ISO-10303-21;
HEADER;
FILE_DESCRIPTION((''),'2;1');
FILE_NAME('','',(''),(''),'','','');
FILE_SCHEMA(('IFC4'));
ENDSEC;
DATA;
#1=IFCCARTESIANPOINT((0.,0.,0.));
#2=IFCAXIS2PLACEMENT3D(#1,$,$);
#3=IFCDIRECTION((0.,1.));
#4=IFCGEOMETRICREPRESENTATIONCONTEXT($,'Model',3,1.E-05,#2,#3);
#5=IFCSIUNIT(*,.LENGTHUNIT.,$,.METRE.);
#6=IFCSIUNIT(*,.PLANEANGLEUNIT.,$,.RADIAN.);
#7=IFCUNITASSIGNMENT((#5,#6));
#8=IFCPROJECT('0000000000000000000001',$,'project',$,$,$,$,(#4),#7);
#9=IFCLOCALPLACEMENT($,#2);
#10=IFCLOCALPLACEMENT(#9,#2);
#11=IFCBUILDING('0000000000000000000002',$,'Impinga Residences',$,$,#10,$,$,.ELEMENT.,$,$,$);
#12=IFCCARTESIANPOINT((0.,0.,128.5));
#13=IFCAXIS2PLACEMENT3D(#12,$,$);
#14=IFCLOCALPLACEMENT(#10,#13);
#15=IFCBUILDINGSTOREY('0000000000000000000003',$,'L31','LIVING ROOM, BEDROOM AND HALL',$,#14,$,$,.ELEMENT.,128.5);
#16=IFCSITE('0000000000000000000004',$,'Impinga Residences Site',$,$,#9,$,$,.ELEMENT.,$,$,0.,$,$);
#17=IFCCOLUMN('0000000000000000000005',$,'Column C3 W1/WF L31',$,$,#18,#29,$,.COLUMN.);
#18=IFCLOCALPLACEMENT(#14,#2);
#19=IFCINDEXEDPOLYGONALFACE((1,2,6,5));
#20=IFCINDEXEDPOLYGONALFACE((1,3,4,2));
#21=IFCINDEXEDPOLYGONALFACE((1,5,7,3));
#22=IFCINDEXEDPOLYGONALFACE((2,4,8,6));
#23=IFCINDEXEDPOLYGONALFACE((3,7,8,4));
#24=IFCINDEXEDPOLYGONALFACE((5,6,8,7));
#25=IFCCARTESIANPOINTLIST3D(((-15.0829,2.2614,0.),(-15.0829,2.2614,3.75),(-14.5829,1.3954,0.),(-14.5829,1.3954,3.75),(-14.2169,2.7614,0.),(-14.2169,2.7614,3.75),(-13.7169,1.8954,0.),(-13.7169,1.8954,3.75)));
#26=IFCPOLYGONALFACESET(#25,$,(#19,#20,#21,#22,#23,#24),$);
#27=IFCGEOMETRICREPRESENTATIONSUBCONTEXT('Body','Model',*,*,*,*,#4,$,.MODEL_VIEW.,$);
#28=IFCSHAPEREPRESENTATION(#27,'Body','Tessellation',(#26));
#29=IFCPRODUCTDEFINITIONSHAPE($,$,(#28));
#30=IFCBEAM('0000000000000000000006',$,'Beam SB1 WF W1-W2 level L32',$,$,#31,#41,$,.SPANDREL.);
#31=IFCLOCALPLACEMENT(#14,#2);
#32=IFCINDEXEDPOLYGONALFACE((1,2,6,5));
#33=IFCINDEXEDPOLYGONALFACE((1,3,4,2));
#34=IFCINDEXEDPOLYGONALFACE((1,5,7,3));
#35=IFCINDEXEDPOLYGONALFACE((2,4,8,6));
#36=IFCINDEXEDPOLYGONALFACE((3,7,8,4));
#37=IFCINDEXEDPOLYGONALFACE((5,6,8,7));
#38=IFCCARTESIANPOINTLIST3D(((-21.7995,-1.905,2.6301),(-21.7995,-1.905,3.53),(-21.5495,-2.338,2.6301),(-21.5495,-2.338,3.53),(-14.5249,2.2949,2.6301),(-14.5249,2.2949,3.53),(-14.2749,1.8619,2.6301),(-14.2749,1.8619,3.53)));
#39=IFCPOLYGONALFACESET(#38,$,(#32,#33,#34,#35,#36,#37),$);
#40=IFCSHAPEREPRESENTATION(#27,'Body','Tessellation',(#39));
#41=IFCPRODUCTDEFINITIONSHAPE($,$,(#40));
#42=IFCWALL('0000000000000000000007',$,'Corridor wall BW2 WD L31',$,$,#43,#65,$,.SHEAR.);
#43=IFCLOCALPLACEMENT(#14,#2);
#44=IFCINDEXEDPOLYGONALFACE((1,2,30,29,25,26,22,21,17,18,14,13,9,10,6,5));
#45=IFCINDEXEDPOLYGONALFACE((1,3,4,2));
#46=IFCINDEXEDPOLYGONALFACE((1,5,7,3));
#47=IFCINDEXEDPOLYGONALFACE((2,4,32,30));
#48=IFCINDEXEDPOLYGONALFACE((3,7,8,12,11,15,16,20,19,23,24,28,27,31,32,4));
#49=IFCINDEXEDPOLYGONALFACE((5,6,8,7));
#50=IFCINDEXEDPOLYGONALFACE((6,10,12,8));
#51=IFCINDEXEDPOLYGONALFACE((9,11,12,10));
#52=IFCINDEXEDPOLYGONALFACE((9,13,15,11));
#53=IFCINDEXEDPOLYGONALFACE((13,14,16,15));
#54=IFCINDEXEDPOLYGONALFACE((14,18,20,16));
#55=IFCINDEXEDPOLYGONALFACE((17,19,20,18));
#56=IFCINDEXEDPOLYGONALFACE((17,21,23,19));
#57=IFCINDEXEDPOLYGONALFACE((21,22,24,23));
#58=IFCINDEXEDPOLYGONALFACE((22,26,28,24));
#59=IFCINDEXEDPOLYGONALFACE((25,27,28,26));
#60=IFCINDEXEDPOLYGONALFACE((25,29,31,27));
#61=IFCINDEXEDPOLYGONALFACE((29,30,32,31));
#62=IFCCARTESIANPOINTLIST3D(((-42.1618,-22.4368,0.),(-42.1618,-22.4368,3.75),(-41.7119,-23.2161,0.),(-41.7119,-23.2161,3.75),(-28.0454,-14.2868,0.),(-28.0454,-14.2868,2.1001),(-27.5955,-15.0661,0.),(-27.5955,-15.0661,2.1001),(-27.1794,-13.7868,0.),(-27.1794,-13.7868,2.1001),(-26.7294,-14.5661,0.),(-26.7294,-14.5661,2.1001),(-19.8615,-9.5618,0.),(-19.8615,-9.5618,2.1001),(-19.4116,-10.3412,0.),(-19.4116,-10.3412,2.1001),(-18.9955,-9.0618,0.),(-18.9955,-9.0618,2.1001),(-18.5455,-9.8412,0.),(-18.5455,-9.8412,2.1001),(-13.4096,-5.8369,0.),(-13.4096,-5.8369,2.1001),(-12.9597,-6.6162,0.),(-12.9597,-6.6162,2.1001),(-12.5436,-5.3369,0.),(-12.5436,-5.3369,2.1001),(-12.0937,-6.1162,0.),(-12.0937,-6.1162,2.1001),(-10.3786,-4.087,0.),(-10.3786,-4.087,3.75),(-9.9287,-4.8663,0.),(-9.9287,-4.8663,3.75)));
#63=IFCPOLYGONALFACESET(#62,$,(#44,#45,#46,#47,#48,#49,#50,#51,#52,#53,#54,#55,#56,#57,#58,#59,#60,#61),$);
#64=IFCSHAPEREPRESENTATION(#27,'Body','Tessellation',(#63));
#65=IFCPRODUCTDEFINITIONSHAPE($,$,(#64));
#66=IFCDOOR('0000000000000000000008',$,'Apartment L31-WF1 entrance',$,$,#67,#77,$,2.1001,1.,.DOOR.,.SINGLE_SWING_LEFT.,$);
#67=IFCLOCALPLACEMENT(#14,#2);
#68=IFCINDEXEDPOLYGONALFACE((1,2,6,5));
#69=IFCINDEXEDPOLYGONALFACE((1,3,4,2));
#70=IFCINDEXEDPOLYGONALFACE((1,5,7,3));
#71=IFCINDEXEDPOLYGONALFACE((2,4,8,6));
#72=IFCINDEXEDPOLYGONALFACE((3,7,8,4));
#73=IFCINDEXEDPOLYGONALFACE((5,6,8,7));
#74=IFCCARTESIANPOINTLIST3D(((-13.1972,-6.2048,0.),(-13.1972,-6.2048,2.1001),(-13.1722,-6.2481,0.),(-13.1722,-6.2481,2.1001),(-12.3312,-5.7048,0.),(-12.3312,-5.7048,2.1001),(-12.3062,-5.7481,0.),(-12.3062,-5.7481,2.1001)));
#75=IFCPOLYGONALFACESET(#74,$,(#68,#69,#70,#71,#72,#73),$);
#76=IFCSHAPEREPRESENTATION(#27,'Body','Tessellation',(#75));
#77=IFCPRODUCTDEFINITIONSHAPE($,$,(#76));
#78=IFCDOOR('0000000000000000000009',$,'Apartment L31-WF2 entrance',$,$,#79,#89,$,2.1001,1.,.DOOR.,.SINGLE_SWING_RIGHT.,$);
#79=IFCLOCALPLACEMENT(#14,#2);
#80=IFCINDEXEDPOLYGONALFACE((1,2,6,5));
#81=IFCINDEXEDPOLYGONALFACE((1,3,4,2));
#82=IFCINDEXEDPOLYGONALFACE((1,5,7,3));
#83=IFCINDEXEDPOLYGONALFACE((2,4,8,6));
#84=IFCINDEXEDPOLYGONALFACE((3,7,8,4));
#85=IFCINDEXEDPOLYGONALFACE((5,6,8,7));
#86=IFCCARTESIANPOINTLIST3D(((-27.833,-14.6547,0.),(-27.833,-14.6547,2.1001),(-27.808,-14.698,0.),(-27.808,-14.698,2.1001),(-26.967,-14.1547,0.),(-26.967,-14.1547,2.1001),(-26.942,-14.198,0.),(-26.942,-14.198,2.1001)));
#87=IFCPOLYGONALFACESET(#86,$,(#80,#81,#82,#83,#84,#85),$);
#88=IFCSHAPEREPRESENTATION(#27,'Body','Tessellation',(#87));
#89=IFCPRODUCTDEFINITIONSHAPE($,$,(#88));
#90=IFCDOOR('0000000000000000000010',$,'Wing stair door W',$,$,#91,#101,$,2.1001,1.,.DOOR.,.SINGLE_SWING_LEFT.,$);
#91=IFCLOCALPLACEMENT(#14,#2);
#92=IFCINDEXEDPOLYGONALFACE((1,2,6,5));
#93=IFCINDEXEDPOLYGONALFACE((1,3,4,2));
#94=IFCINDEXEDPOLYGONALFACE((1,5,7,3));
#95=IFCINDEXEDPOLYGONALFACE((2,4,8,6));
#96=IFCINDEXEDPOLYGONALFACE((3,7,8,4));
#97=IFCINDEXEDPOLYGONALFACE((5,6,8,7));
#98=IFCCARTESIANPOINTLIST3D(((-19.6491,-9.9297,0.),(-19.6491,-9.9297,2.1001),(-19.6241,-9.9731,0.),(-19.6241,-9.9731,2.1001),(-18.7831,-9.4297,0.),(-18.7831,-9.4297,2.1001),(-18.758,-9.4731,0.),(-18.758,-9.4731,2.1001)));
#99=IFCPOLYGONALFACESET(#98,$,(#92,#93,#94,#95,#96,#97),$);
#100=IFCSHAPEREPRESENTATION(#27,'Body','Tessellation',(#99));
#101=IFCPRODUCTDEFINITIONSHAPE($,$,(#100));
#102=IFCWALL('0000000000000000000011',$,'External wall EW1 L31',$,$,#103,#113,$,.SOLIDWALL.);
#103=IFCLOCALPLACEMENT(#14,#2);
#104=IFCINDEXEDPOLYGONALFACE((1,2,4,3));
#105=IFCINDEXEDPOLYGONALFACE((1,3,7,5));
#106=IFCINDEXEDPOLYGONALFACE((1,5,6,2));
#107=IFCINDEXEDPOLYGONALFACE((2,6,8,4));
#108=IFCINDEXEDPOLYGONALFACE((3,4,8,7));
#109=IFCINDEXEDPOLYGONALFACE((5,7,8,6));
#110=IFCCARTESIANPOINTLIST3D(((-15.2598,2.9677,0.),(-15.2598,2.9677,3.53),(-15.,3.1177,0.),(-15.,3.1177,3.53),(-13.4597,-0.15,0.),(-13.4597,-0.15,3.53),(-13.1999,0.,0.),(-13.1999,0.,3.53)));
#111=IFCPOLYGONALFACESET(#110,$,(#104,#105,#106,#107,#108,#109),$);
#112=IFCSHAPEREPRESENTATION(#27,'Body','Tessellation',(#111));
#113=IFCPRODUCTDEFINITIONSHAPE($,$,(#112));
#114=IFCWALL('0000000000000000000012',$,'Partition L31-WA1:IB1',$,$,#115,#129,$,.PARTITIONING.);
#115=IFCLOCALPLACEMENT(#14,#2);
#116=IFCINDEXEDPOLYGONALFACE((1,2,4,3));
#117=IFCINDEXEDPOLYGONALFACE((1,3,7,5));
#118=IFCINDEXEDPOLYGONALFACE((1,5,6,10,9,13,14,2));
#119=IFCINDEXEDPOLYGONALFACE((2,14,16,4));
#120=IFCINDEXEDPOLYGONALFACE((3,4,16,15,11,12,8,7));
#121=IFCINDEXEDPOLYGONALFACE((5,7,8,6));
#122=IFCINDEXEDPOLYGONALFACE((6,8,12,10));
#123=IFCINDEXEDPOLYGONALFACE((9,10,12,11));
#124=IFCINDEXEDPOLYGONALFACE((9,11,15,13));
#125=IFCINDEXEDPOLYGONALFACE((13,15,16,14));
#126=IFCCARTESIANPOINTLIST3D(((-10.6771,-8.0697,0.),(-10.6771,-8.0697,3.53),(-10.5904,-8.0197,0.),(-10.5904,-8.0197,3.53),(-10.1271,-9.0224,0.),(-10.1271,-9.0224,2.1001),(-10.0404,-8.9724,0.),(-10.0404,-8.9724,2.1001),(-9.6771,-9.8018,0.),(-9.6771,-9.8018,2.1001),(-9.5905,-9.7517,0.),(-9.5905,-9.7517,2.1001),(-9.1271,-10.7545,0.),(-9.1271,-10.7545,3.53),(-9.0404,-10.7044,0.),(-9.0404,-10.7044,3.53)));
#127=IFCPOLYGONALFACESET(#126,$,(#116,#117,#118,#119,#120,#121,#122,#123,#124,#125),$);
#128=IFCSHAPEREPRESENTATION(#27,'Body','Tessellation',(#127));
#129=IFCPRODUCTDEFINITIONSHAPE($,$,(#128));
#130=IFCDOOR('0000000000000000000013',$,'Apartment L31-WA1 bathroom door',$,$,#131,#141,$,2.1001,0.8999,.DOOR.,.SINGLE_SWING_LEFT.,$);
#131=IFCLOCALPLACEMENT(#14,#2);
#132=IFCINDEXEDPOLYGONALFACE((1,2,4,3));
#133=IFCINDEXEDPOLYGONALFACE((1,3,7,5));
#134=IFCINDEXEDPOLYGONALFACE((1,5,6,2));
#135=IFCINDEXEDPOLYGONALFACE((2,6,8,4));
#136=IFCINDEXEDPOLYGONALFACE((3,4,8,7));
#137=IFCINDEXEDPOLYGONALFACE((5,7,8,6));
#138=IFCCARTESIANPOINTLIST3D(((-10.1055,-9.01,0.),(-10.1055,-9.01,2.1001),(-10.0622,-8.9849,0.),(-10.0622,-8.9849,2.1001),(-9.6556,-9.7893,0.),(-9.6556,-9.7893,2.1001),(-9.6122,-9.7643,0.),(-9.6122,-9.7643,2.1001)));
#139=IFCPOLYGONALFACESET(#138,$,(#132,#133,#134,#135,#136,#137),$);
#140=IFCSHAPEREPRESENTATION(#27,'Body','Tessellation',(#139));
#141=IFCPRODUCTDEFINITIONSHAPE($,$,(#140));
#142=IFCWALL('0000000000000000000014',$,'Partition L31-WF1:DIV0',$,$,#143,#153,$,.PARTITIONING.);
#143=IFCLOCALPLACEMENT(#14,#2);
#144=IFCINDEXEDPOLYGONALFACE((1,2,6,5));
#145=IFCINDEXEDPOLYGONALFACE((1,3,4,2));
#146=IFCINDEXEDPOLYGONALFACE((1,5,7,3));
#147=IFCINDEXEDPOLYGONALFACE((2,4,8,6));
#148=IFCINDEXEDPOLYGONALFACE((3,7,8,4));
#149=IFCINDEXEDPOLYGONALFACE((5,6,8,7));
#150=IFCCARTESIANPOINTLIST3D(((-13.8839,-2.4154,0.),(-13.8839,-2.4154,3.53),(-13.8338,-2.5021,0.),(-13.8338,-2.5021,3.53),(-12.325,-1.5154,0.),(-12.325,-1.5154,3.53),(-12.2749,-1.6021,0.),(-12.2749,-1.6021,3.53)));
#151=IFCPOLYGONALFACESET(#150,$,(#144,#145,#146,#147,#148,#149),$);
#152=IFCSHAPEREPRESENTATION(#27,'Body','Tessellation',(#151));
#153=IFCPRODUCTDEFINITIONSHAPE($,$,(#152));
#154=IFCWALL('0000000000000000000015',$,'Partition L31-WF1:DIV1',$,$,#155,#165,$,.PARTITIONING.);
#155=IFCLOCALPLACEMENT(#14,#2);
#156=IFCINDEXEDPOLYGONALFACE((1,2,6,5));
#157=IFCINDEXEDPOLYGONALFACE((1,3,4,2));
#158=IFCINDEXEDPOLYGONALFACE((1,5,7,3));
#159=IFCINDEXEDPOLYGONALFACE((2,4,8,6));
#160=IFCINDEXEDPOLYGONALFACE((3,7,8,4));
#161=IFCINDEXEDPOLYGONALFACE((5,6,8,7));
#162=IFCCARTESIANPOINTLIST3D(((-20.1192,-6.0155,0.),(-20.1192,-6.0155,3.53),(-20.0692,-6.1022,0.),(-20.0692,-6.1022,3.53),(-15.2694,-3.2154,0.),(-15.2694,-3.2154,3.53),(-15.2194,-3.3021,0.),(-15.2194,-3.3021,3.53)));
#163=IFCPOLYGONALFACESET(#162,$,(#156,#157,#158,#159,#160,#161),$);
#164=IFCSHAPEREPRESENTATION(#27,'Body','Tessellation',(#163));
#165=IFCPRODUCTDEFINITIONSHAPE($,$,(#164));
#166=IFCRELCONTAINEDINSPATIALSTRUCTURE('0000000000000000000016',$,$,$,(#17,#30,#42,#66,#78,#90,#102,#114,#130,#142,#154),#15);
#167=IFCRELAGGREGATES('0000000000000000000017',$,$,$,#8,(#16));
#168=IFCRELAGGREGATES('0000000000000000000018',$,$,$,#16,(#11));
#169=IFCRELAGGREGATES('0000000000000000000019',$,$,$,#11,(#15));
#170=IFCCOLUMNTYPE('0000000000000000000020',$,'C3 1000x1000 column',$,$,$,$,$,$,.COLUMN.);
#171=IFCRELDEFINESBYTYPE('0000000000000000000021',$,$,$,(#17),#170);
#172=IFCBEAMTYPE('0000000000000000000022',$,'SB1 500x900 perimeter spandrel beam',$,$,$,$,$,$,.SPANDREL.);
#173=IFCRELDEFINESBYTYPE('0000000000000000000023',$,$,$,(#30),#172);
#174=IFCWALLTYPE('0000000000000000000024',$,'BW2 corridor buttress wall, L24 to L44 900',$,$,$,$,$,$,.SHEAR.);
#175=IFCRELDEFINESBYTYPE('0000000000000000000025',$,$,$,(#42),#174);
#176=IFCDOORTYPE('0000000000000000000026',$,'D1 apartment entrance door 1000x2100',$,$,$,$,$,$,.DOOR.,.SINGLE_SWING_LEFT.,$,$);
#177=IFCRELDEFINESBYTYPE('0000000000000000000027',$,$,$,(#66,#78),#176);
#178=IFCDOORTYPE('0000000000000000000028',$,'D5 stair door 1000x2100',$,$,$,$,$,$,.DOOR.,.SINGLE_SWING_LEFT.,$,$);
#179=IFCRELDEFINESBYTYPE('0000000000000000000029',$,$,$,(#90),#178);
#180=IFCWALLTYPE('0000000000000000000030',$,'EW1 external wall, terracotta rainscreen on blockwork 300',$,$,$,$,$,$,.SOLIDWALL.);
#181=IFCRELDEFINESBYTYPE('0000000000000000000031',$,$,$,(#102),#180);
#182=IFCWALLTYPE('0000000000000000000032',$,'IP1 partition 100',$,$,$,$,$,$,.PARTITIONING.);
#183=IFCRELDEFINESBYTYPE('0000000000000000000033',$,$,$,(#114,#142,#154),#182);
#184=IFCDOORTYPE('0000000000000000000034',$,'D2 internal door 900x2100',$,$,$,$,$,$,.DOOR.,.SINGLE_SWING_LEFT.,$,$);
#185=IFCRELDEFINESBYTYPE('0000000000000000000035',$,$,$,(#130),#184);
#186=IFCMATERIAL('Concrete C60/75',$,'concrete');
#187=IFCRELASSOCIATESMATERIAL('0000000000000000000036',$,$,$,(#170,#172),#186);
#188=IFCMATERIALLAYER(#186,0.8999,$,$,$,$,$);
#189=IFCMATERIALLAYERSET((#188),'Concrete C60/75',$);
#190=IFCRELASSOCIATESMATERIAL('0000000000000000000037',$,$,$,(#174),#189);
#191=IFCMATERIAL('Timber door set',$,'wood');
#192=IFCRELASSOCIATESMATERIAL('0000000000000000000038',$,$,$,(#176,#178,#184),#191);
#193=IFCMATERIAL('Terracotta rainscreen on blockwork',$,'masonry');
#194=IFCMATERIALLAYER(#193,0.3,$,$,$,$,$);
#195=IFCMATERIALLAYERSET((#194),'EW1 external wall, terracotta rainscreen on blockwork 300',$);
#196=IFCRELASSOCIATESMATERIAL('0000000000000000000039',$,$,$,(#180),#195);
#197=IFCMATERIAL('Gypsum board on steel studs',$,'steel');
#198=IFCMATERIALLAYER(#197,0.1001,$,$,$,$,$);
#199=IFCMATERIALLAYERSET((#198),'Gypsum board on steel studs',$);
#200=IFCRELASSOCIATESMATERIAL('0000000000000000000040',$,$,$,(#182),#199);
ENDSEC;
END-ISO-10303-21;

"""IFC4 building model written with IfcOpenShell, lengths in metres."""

from ifc_helpers import new_model, si_unit, direction, frame, frame_2d, origin, origin_2d, place, context, subcontext, project, spatial, rectangle, extrude, material, layer, layer_set, material_profile, profile_set, type_object, element, fill, save


model = new_model("IFC4")

# Units and contexts
model_context = context("Model", 3, precision=1e-05, world=origin(), true_north=direction((0.0, 1.0)))
body_context = subcontext(model_context, "Body", "Model", "MODEL_VIEW")
ifc_project = project(units=[si_unit("LENGTHUNIT", "METRE"), si_unit("PLANEANGLEUNIT", "RADIAN")], contexts=[model_context])

# Site, building, storey
site_placement = place(None, origin())
site = spatial("IfcSite", under=ifc_project, at=site_placement, Name="Impinga Residences Site", CompositionType="ELEMENT", RefElevation=0.0)
building_placement = place(site_placement, origin())
building = spatial("IfcBuilding", under=site, at=building_placement, Name="Impinga Residences", CompositionType="ELEMENT")
storey_placement = place(building_placement, frame((0.0, 0.0, 128.5)))
storey = spatial("IfcBuildingStorey", under=building, at=storey_placement, Name="L31", Description="LIVING ROOM, BEDROOM AND HALL", CompositionType="ELEMENT", Elevation=128.5)

# Column
ifc_material_1 = material(Name="Concrete C60/75", Category="concrete")
ifc_material_profile_1 = material_profile(ifc_material_1, rectangle(XDim=1.0, YDim=1.0, at=origin_2d()), Name="RC 1000x1000")
ifc_profile_set_1 = profile_set([ifc_material_profile_1], Name="Concrete C60/75")
column_type = type_object("IfcColumnType", Name="C3 1000x1000 column", PredefinedType="COLUMN", material=ifc_profile_set_1)
column_placement = place(storey_placement, frame((-14.3999, 2.0784, 0.0), z_axis=(0.0, 0.0, 1.0), x_axis=(-0.5, 0.866025, 0.0)))
element("IfcColumn", 1, at=column_placement, inside=storey, type_object=column_type, Name="Column C3 W1/WF L31", PredefinedType="COLUMN", context=body_context, shape_type="SweptSolid", body=[
    extrude(rectangle(XDim=1.0, YDim=1.0, at=origin_2d()), origin(), (0.0, 0.0, 1.0), 3.75),
])

# Beam
ifc_material_profile_2 = material_profile(ifc_material_1, rectangle(XDim=0.5, YDim=0.8999, at=origin_2d()), Name="RC 500x900")
ifc_profile_set_2 = profile_set([ifc_material_profile_2], Name="Concrete C60/75")
beam_type = type_object("IfcBeamType", Name="SB1 500x900 perimeter spandrel beam", PredefinedType="SPANDREL", material=ifc_profile_set_2)
beam_placement = place(storey_placement, frame((-14.3999, 2.0784, 3.0801), z_axis=(-0.866029, -0.499993, 0.0), x_axis=(0.499993, -0.866029, 0.0)))
element("IfcBeam", 2, at=beam_placement, inside=storey, type_object=beam_type, Name="Beam SB1 WF W1-W2 level L32", PredefinedType="SPANDREL", context=body_context, shape_type="SweptSolid", body=[
    extrude(rectangle(XDim=0.5, YDim=0.8999, at=origin_2d()), origin(), (0.0, 0.0, 1.0), 8.3999),
])

# Wall, openings, doors
ifc_layer_1 = layer(ifc_material_1, 0.8999)
ifc_layer_set_1 = layer_set([ifc_layer_1], Name="Concrete C60/75")
wall_type_1 = type_object("IfcWallType", Name="BW2 corridor buttress wall, L24 to L44 900", PredefinedType="SHEAR", material=ifc_layer_set_1)
wall_1_placement = place(storey_placement, frame((-10.1536, -4.4766, 0.0), z_axis=(0.0, 0.0, 1.0), x_axis=(-0.866028, -0.499996, 0.0)))
wall_1 = element("IfcWall", 3, at=wall_1_placement, inside=storey, type_object=wall_type_1, Name="Corridor wall BW2 WD L31", PredefinedType="SHEAR", context=body_context, shape_type="SweptSolid", body=[
    extrude(rectangle(XDim=36.7, YDim=0.8999, at=frame_2d((18.3501, 0.0))), origin(), (0.0, 0.0, 1.0), 3.75),
])
opening_1_placement = place(wall_1_placement, frame((9.95, 0.0, 0.0)))
opening_1 = element("IfcOpeningElement", 4, at=opening_1_placement, cuts=wall_1, PredefinedType="OPENING", context=body_context, shape_type="SweptSolid", body=[
    extrude(rectangle(XDim=1.0, YDim=2.1001, at=frame_2d((0.5, 1.05))), frame((0.0, 0.46, 0.0), z_axis=(0.0, -1.0, 0.0), x_axis=(1.0, 0.0, 0.0)), (0.0, 0.0, 1.0), 0.9199),
])
opening_2_placement = place(wall_1_placement, frame((2.5, 0.0, 0.0)))
opening_2 = element("IfcOpeningElement", 5, at=opening_2_placement, cuts=wall_1, PredefinedType="OPENING", context=body_context, shape_type="SweptSolid", body=[
    extrude(rectangle(XDim=1.0, YDim=2.1001, at=frame_2d((0.5, 1.05))), frame((0.0, 0.46, 0.0), z_axis=(0.0, -1.0, 0.0), x_axis=(1.0, 0.0, 0.0)), (0.0, 0.0, 1.0), 0.9199),
])
opening_3_placement = place(wall_1_placement, frame((19.3999, 0.0, 0.0)))
opening_3 = element("IfcOpeningElement", 6, at=opening_3_placement, cuts=wall_1, PredefinedType="OPENING", context=body_context, shape_type="SweptSolid", body=[
    extrude(rectangle(XDim=1.0, YDim=2.1001, at=frame_2d((0.5, 1.05))), frame((0.0, 0.46, 0.0), z_axis=(0.0, -1.0, 0.0), x_axis=(1.0, 0.0, 0.0)), (0.0, 0.0, 1.0), 0.9199),
])
ifc_material_2 = material(Name="Timber door set", Category="wood")
door_type_1 = type_object("IfcDoorType", Name="D1 apartment entrance door 1000x2100", OperationType="SINGLE_SWING_LEFT", PredefinedType="DOOR", material=ifc_material_2)
door_1_placement = place(opening_2_placement, origin())
door_1 = element("IfcDoor", 7, at=door_1_placement, inside=storey, type_object=door_type_1, Name="Apartment L31-WF1 entrance", OperationType="SINGLE_SWING_LEFT", OverallHeight=2.1001, OverallWidth=1.0, PredefinedType="DOOR", context=body_context, shape_type="SweptSolid", body=[
    extrude(rectangle(XDim=1.0, YDim=2.1001, at=frame_2d((0.5, 1.05))), frame((0.0, 0.0249, 0.0), z_axis=(0.0, -1.0, 0.0), x_axis=(1.0, 0.0, 0.0)), (0.0, 0.0, 1.0), 0.05),
])
fill(opening_2, door_1)
door_2_placement = place(opening_3_placement, origin())
door_2 = element("IfcDoor", 8, at=door_2_placement, inside=storey, type_object=door_type_1, Name="Apartment L31-WF2 entrance", OperationType="SINGLE_SWING_RIGHT", OverallHeight=2.1001, OverallWidth=1.0, PredefinedType="DOOR", context=body_context, shape_type="SweptSolid", body=[
    extrude(rectangle(XDim=1.0, YDim=2.1001, at=frame_2d((0.5, 1.05))), frame((0.0, 0.0249, 0.0), z_axis=(0.0, -1.0, 0.0), x_axis=(1.0, 0.0, 0.0)), (0.0, 0.0, 1.0), 0.05),
])
fill(opening_3, door_2)
door_type_2 = type_object("IfcDoorType", Name="D5 stair door 1000x2100", OperationType="SINGLE_SWING_LEFT", PredefinedType="DOOR", material=ifc_material_2)
door_3_placement = place(opening_1_placement, origin())
door_3 = element("IfcDoor", 9, at=door_3_placement, inside=storey, type_object=door_type_2, Name="Wing stair door W", OperationType="SINGLE_SWING_LEFT", OverallHeight=2.1001, OverallWidth=1.0, PredefinedType="DOOR", context=body_context, shape_type="SweptSolid", body=[
    extrude(rectangle(XDim=1.0, YDim=2.1001, at=frame_2d((0.5, 1.05))), frame((0.0, 0.0249, 0.0), z_axis=(0.0, -1.0, 0.0), x_axis=(1.0, 0.0, 0.0)), (0.0, 0.0, 1.0), 0.05),
])
fill(opening_1, door_3)

# Wall
ifc_material_3 = material(Name="Terracotta rainscreen on blockwork", Category="masonry")
ifc_layer_2 = layer(ifc_material_3, 0.3)
ifc_layer_set_2 = layer_set([ifc_layer_2], Name="EW1 external wall, terracotta rainscreen on blockwork 300")
wall_type_2 = type_object("IfcWallType", Name="EW1 external wall, terracotta rainscreen on blockwork 300", PredefinedType="SOLIDWALL", material=ifc_layer_set_2)
wall_2_placement = place(storey_placement, frame((-15.1299, 3.0427, 0.0), z_axis=(0.0, 0.0, 1.0), x_axis=(0.500012, -0.866018, 0.0)))
element("IfcWall", 10, at=wall_2_placement, inside=storey, type_object=wall_type_2, Name="External wall EW1 L31", PredefinedType="SOLIDWALL", context=body_context, shape_type="SweptSolid", body=[
    extrude(rectangle(XDim=3.6001, YDim=0.3, at=frame_2d((1.8, 0.0))), origin(), (0.0, 0.0, 1.0), 3.53),
])

# Wall, opening, door
ifc_material_4 = material(Name="Gypsum board on steel studs", Category="steel")
ifc_layer_3 = layer(ifc_material_4, 0.1001)
ifc_layer_set_3 = layer_set([ifc_layer_3], Name="Gypsum board on steel studs")
wall_type_3 = type_object("IfcWallType", Name="IP1 partition 100", PredefinedType="PARTITIONING", material=ifc_layer_set_3)
wall_3_placement = place(storey_placement, frame((-10.6338, -8.0447, 0.0), z_axis=(0.0, 0.0, 1.0), x_axis=(0.499993, -0.86603, 0.0)))
wall_3 = element("IfcWall", 11, at=wall_3_placement, inside=storey, type_object=wall_type_3, Name="Partition L31-WA1:IB1", PredefinedType="PARTITIONING", context=body_context, shape_type="SweptSolid", body=[
    extrude(rectangle(XDim=3.1001, YDim=0.1001, at=frame_2d((1.55, 0.0))), origin(), (0.0, 0.0, 1.0), 3.53),
])
opening_4_placement = place(wall_3_placement, frame((1.1001, 0.0, 0.0)))
opening_4 = element("IfcOpeningElement", 12, at=opening_4_placement, cuts=wall_3, PredefinedType="OPENING", context=body_context, shape_type="SweptSolid", body=[
    extrude(rectangle(XDim=0.8999, YDim=2.1001, at=frame_2d((0.45, 1.05))), frame((0.0, 0.0601, 0.0), z_axis=(0.0, -1.0, 0.0), x_axis=(1.0, 0.0, 0.0)), (0.0, 0.0, 1.0), 0.1201),
])
door_type_3 = type_object("IfcDoorType", Name="D2 internal door 900x2100", OperationType="SINGLE_SWING_LEFT", PredefinedType="DOOR", material=ifc_material_2)
door_4_placement = place(opening_4_placement, origin())
door_4 = element("IfcDoor", 13, at=door_4_placement, inside=storey, type_object=door_type_3, Name="Apartment L31-WA1 bathroom door", OperationType="SINGLE_SWING_LEFT", OverallHeight=2.1001, OverallWidth=0.8999, PredefinedType="DOOR", context=body_context, shape_type="SweptSolid", body=[
    extrude(rectangle(XDim=0.8999, YDim=2.1001, at=frame_2d((0.45, 1.05))), frame((0.0, 0.0249, 0.0), z_axis=(0.0, -1.0, 0.0), x_axis=(1.0, 0.0, 0.0)), (0.0, 0.0, 1.0), 0.05),
])
fill(opening_4, door_4)

# Walls
wall_4_placement = place(storey_placement, frame((-12.3, -1.5588, 0.0), z_axis=(0.0, 0.0, 1.0), x_axis=(-0.866048, -0.499961, 0.0)))
element("IfcWall", 14, at=wall_4_placement, inside=storey, type_object=wall_type_3, Name="Partition L31-WF1:DIV0", PredefinedType="PARTITIONING", context=body_context, shape_type="SweptSolid", body=[
    extrude(rectangle(XDim=1.8, YDim=0.1001, at=frame_2d((0.8999, 0.0))), origin(), (0.0, 0.0, 1.0), 3.53),
])
wall_5_placement = place(storey_placement, frame((-15.2444, -3.2588, 0.0), z_axis=(0.0, 0.0, 1.0), x_axis=(-0.866027, -0.499998, 0.0)))
element("IfcWall", 15, at=wall_5_placement, inside=storey, type_object=wall_type_3, Name="Partition L31-WF1:DIV1", PredefinedType="PARTITIONING", context=body_context, shape_type="SweptSolid", body=[
    extrude(rectangle(XDim=5.6001, YDim=0.1001, at=frame_2d((2.8, 0.0))), origin(), (0.0, 0.0, 1.0), 3.53),
])

save(model, "model.ifc")
